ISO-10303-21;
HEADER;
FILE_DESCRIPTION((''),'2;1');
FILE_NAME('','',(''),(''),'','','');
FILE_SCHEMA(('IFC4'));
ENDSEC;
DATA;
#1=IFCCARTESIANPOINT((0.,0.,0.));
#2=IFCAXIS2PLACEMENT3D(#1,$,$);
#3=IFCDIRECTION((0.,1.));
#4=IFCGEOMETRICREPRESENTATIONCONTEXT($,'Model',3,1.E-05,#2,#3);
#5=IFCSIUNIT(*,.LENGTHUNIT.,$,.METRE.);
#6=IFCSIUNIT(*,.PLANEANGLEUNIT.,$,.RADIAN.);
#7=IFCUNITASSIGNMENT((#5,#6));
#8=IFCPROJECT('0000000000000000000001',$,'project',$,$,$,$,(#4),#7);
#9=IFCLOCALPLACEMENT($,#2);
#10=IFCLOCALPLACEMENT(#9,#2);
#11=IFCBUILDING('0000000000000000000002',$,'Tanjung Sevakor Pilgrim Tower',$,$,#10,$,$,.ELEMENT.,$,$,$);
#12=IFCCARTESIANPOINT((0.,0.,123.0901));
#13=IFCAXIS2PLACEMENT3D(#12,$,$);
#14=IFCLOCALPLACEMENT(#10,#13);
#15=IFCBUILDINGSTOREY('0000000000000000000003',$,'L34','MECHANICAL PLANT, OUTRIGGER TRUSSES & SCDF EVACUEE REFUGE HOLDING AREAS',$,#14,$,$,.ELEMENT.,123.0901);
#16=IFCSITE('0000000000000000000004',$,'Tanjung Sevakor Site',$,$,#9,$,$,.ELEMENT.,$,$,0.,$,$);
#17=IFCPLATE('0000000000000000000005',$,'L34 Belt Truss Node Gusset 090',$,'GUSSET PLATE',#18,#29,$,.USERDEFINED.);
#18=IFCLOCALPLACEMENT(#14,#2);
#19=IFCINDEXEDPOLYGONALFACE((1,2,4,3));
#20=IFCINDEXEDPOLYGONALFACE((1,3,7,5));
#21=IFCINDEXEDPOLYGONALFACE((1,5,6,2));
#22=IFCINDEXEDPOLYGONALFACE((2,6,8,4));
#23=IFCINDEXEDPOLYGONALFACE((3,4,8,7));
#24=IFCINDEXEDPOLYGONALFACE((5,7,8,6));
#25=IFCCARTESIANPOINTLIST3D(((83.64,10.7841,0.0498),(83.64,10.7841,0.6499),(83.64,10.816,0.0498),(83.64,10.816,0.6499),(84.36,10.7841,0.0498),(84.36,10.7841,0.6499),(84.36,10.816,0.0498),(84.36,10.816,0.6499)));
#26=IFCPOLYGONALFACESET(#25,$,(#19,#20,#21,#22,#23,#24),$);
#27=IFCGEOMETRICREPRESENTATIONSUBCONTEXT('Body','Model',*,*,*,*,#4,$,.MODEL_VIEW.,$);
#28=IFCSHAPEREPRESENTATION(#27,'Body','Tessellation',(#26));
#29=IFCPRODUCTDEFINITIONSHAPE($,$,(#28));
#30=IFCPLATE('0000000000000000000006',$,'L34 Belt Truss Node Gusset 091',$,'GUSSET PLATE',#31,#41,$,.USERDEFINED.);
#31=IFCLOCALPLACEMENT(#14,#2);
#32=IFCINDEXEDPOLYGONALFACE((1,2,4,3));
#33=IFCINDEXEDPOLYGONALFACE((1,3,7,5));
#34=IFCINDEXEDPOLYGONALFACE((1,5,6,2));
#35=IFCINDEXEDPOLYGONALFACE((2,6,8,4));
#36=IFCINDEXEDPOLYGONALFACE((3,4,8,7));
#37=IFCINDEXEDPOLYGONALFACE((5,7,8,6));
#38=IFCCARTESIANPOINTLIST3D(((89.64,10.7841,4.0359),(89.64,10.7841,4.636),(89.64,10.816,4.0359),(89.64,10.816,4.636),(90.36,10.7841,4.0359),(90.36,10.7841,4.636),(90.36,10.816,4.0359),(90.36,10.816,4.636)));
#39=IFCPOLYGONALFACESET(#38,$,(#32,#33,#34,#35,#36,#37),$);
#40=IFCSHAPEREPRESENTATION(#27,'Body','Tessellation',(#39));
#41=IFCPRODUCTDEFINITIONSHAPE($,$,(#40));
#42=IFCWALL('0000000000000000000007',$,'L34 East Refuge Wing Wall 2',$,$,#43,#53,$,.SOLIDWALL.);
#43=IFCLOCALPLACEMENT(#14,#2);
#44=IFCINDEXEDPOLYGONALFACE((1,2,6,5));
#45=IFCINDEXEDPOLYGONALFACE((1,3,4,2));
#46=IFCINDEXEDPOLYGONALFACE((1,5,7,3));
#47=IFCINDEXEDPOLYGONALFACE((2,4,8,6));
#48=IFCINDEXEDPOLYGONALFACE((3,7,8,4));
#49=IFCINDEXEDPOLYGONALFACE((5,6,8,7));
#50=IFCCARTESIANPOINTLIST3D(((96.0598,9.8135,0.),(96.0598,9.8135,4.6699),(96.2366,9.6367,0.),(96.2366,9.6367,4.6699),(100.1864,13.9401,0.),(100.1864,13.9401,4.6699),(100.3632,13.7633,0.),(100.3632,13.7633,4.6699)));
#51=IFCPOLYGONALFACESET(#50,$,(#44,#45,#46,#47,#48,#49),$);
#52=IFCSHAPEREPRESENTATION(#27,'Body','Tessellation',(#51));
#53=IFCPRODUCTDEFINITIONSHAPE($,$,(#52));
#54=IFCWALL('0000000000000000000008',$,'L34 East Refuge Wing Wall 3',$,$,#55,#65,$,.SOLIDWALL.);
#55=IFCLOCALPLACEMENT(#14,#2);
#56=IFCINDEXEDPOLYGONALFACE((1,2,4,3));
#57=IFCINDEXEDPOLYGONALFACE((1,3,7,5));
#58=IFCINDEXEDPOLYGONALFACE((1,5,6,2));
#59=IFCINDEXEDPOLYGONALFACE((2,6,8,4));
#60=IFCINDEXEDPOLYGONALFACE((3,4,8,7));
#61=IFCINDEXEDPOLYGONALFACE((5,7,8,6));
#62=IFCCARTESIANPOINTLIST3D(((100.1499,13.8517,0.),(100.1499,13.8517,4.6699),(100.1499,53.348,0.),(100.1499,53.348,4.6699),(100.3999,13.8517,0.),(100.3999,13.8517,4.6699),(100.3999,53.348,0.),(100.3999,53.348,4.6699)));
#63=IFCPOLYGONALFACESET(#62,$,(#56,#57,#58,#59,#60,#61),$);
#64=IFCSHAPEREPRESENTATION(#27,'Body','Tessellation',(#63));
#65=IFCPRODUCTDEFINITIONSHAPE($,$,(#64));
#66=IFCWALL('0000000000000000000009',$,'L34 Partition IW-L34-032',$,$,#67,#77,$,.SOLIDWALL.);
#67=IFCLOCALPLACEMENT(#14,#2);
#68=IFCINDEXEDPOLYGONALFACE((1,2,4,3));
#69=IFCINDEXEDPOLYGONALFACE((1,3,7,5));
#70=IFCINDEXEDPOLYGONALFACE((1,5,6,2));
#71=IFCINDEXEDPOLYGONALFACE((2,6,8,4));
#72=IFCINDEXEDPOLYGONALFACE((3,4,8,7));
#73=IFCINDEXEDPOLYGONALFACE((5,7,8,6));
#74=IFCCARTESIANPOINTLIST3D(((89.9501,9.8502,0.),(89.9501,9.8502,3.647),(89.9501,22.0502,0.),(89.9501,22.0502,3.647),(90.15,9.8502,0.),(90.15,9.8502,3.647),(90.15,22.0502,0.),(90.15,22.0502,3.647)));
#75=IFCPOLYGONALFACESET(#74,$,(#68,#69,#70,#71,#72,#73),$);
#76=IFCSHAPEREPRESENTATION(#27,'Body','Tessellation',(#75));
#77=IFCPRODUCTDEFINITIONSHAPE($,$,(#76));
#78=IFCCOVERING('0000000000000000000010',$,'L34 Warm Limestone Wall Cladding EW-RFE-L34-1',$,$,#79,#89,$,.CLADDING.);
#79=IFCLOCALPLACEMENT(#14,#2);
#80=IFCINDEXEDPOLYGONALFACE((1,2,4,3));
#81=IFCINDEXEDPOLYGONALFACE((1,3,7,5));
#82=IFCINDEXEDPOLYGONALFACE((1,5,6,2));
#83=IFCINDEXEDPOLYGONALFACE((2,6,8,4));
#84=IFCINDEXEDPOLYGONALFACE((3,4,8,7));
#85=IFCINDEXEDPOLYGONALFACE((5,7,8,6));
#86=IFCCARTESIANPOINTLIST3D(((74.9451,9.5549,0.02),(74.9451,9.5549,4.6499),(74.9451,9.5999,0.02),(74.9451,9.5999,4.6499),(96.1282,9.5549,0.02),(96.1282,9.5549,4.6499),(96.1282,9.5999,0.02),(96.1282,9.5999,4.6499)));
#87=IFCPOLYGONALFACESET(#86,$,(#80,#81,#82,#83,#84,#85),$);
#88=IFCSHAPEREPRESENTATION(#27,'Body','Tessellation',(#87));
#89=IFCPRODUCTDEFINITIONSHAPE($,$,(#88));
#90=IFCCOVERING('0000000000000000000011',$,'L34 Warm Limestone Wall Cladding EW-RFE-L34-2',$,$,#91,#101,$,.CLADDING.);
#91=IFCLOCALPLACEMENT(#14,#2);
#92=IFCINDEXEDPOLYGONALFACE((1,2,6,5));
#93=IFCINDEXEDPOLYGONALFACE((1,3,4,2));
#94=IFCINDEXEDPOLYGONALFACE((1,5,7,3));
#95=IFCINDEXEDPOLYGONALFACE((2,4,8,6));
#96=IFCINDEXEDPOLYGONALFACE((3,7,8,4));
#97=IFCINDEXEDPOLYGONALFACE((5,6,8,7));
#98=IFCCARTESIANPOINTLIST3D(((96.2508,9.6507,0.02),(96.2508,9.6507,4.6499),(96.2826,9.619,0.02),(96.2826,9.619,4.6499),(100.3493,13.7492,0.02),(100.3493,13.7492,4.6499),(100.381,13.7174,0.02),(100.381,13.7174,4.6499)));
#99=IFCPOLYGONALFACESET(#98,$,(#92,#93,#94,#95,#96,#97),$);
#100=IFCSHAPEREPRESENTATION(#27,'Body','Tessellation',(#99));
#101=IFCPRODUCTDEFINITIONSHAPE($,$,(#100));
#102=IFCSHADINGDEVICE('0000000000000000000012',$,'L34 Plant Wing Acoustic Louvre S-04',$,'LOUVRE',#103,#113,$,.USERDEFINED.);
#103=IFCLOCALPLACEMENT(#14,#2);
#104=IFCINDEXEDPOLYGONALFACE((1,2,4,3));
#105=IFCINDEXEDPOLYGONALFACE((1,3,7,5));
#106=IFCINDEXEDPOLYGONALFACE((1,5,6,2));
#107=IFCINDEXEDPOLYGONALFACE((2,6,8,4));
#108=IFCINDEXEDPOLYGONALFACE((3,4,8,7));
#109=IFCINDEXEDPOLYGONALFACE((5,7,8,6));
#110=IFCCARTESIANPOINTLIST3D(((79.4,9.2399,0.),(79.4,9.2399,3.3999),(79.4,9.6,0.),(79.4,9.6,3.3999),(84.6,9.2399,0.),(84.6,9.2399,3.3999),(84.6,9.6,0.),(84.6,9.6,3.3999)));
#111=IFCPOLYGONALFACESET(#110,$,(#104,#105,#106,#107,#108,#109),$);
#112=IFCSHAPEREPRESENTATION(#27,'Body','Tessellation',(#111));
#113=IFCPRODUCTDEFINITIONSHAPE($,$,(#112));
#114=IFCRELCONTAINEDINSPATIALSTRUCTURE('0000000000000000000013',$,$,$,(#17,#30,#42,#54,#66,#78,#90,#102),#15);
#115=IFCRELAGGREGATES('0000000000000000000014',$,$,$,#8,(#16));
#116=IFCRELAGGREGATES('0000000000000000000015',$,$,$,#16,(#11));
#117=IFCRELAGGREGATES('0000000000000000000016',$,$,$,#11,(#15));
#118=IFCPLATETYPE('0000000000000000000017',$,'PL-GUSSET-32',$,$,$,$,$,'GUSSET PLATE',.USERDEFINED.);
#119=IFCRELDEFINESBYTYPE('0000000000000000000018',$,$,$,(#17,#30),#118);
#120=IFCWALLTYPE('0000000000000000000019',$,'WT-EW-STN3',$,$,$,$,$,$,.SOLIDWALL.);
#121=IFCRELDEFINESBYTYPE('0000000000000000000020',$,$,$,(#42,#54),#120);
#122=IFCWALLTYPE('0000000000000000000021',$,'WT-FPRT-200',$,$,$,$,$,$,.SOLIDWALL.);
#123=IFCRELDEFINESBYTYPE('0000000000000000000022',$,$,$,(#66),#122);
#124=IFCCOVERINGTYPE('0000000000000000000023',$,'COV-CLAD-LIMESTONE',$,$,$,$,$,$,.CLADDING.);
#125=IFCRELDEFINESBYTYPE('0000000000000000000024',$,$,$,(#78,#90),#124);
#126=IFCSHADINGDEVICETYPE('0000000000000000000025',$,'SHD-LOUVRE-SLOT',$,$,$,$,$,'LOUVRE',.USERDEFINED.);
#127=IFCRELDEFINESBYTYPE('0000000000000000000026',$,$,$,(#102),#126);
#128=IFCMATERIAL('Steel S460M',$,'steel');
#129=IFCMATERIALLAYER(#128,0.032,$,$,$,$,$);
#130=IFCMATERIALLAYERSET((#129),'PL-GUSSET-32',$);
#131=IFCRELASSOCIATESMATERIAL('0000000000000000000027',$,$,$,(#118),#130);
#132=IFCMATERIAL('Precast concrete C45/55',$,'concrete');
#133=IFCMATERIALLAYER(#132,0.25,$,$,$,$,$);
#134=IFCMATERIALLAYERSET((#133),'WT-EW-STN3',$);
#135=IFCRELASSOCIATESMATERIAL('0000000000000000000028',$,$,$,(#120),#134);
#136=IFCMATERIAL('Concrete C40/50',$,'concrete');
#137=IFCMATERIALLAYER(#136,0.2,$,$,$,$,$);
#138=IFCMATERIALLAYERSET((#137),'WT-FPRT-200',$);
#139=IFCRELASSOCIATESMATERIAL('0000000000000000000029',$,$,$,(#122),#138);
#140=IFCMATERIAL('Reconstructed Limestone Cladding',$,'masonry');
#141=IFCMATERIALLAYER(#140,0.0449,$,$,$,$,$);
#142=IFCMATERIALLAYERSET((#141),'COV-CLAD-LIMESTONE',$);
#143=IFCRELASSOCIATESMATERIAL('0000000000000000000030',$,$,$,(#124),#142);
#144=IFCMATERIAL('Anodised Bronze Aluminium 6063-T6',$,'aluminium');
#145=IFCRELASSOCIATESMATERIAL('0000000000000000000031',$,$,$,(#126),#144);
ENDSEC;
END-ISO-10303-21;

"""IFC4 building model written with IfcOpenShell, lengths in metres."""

from ifc_helpers import new_model, si_unit, direction, frame, frame_2d, origin, origin_2d, place, context, subcontext, project, spatial, rectangle, extrude, material, layer, layer_set, type_object, element, save


model = new_model("IFC4")

# Units and contexts
model_context = context("Model", 3, precision=1e-05, world=origin(), true_north=direction((0.0, 1.0)))
body_context = subcontext(model_context, "Body", "Model", "MODEL_VIEW")
ifc_project = project(units=[si_unit("LENGTHUNIT", "METRE"), si_unit("PLANEANGLEUNIT", "RADIAN")], contexts=[model_context])

# Site, building, storey
site_placement = place(None, origin())
site = spatial("IfcSite", under=ifc_project, at=site_placement, Name="Tanjung Sevakor Site", CompositionType="ELEMENT", RefElevation=0.0)
building_placement = place(site_placement, origin())
building = spatial("IfcBuilding", under=site, at=building_placement, Name="Tanjung Sevakor Pilgrim Tower", CompositionType="ELEMENT")
storey_placement = place(building_placement, frame((0.0, 0.0, 123.0901)))
storey = spatial("IfcBuildingStorey", under=building, at=storey_placement, Name="L34", Description="MECHANICAL PLANT, OUTRIGGER TRUSSES & SCDF EVACUEE REFUGE HOLDING AREAS", CompositionType="ELEMENT", Elevation=123.0901)

# Plates
ifc_material_1 = material(Name="Steel S460M", Category="steel")
ifc_layer_1 = layer(ifc_material_1, 0.032)
ifc_layer_set_1 = layer_set([ifc_layer_1], Name="PL-GUSSET-32")
plate_type_1 = type_object("IfcPlateType", Name="PL-GUSSET-32", ElementType="GUSSET PLATE", PredefinedType="USERDEFINED", material=ifc_layer_set_1)
for number, where, z_axis, x_axis, name in (
    (1, (84.0, 10.8, 0.0498), (0.0, 0.0, 1.0), (1.0, 0.0, 0.0), "L34 Belt Truss Node Gusset 090"),
    (2, (90.0, 10.8, 4.0359), (0.0, 0.0, 1.0), (1.0, 0.0, 0.0), "L34 Belt Truss Node Gusset 091"),
):
    element("IfcPlate", number, at=place(storey_placement, frame(where, z_axis=z_axis, x_axis=x_axis)), inside=storey, type_object=plate_type_1, Name=name, ObjectType="GUSSET PLATE", PredefinedType="USERDEFINED", context=body_context, shape_type="SweptSolid", body=[
        extrude(rectangle(XDim=0.72, YDim=0.032, at=origin_2d()), origin(), (0.0, 0.0, 1.0), 0.6001),
    ])

# Walls
ifc_material_2 = material(Name="Precast concrete C45/55", Category="concrete")
ifc_layer_2 = layer(ifc_material_2, 0.25)
ifc_layer_set_2 = layer_set([ifc_layer_2], Name="WT-EW-STN3")
wall_type_1 = type_object("IfcWallType", Name="WT-EW-STN3", PredefinedType="SOLIDWALL", material=ifc_layer_set_2)
wall_1_placement = place(storey_placement, frame((96.1482, 9.7251, 0.0), z_axis=(0.0, 0.0, 1.0), x_axis=(0.707107, 0.707107, 0.0)))
element("IfcWall", 3, at=wall_1_placement, inside=storey, type_object=wall_type_1, Name="L34 East Refuge Wing Wall 2", PredefinedType="SOLIDWALL", context=body_context, shape_type="SweptSolid", body=[
    extrude(rectangle(XDim=5.8359, YDim=0.25, at=frame_2d((2.918, 0.0))), origin(), (0.0, 0.0, 1.0), 4.6699),
])
wall_2_placement = place(storey_placement, frame((100.2749, 13.8518, 0.0), z_axis=(0.0, 0.0, 1.0), x_axis=(0.0, 1.0, 0.0)))
element("IfcWall", 4, at=wall_2_placement, inside=storey, type_object=wall_type_1, Name="L34 East Refuge Wing Wall 3", PredefinedType="SOLIDWALL", context=body_context, shape_type="SweptSolid", body=[
    extrude(rectangle(XDim=39.4963, YDim=0.25, at=frame_2d((19.748, 0.0))), origin(), (0.0, 0.0, 1.0), 4.6699),
])
ifc_material_3 = material(Name="Concrete C40/50", Category="concrete")
ifc_layer_3 = layer(ifc_material_3, 0.2)
ifc_layer_set_3 = layer_set([ifc_layer_3], Name="WT-FPRT-200")
wall_type_2 = type_object("IfcWallType", Name="WT-FPRT-200", PredefinedType="SOLIDWALL", material=ifc_layer_set_3)
wall_3_placement = place(storey_placement, frame((90.05, 9.8501, 0.0), z_axis=(0.0, 0.0, 1.0), x_axis=(0.0, 1.0, 0.0)))
element("IfcWall", 5, at=wall_3_placement, inside=storey, type_object=wall_type_2, Name="L34 Partition IW-L34-032", PredefinedType="SOLIDWALL", context=body_context, shape_type="SweptSolid", body=[
    extrude(rectangle(XDim=12.2, YDim=0.2, at=frame_2d((6.1001, 0.0))), origin(), (0.0, 0.0, 1.0), 3.647),
])

# Coverings
ifc_material_4 = material(Name="Reconstructed Limestone Cladding", Category="masonry")
ifc_layer_4 = layer(ifc_material_4, 0.0449)
ifc_layer_set_4 = layer_set([ifc_layer_4], Name="COV-CLAD-LIMESTONE")
covering_type = type_object("IfcCoveringType", Name="COV-CLAD-LIMESTONE", PredefinedType="CLADDING", material=ifc_layer_set_4)
covering_1_placement = place(storey_placement, frame((85.5366, 9.5774, 0.02), z_axis=(0.0, 0.0, 1.0), x_axis=(1.0, 0.0, 0.0)))
element("IfcCovering", 6, at=covering_1_placement, inside=storey, type_object=covering_type, Name="L34 Warm Limestone Wall Cladding EW-RFE-L34-1", PredefinedType="CLADDING", context=body_context, shape_type="SweptSolid", body=[
    extrude(rectangle(XDim=21.1831, YDim=0.0449, at=origin_2d()), origin(), (0.0, 0.0, 1.0), 4.6299),
])
covering_2_placement = place(storey_placement, frame((98.3159, 11.6841, 0.02), z_axis=(0.0, 0.0, 1.0), x_axis=(0.707107, 0.707107, 0.0)))
element("IfcCovering", 7, at=covering_2_placement, inside=storey, type_object=covering_type, Name="L34 Warm Limestone Wall Cladding EW-RFE-L34-2", PredefinedType="CLADDING", context=body_context, shape_type="SweptSolid", body=[
    extrude(rectangle(XDim=5.7961, YDim=0.0449, at=origin_2d()), origin(), (0.0, 0.0, 1.0), 4.6299),
])

# Shading device
ifc_material_5 = material(Name="Anodised Bronze Aluminium 6063-T6", Category="aluminium")
shading_device_type = type_object("IfcShadingDeviceType", Name="SHD-LOUVRE-SLOT", ElementType="LOUVRE", PredefinedType="USERDEFINED", material=ifc_material_5)
shading_device_placement = place(storey_placement, frame((82.0, 9.4199, 0.0), z_axis=(0.0, 0.0, 1.0), x_axis=(1.0, 0.0, 0.0)))
element("IfcShadingDevice", 8, at=shading_device_placement, inside=storey, type_object=shading_device_type, Name="L34 Plant Wing Acoustic Louvre S-04", ObjectType="LOUVRE", PredefinedType="USERDEFINED", context=body_context, shape_type="SweptSolid", body=[
    extrude(rectangle(XDim=5.2, YDim=0.3601, at=origin_2d()), origin(), (0.0, 0.0, 1.0), 3.3999),
])

save(model, "model.ifc")
